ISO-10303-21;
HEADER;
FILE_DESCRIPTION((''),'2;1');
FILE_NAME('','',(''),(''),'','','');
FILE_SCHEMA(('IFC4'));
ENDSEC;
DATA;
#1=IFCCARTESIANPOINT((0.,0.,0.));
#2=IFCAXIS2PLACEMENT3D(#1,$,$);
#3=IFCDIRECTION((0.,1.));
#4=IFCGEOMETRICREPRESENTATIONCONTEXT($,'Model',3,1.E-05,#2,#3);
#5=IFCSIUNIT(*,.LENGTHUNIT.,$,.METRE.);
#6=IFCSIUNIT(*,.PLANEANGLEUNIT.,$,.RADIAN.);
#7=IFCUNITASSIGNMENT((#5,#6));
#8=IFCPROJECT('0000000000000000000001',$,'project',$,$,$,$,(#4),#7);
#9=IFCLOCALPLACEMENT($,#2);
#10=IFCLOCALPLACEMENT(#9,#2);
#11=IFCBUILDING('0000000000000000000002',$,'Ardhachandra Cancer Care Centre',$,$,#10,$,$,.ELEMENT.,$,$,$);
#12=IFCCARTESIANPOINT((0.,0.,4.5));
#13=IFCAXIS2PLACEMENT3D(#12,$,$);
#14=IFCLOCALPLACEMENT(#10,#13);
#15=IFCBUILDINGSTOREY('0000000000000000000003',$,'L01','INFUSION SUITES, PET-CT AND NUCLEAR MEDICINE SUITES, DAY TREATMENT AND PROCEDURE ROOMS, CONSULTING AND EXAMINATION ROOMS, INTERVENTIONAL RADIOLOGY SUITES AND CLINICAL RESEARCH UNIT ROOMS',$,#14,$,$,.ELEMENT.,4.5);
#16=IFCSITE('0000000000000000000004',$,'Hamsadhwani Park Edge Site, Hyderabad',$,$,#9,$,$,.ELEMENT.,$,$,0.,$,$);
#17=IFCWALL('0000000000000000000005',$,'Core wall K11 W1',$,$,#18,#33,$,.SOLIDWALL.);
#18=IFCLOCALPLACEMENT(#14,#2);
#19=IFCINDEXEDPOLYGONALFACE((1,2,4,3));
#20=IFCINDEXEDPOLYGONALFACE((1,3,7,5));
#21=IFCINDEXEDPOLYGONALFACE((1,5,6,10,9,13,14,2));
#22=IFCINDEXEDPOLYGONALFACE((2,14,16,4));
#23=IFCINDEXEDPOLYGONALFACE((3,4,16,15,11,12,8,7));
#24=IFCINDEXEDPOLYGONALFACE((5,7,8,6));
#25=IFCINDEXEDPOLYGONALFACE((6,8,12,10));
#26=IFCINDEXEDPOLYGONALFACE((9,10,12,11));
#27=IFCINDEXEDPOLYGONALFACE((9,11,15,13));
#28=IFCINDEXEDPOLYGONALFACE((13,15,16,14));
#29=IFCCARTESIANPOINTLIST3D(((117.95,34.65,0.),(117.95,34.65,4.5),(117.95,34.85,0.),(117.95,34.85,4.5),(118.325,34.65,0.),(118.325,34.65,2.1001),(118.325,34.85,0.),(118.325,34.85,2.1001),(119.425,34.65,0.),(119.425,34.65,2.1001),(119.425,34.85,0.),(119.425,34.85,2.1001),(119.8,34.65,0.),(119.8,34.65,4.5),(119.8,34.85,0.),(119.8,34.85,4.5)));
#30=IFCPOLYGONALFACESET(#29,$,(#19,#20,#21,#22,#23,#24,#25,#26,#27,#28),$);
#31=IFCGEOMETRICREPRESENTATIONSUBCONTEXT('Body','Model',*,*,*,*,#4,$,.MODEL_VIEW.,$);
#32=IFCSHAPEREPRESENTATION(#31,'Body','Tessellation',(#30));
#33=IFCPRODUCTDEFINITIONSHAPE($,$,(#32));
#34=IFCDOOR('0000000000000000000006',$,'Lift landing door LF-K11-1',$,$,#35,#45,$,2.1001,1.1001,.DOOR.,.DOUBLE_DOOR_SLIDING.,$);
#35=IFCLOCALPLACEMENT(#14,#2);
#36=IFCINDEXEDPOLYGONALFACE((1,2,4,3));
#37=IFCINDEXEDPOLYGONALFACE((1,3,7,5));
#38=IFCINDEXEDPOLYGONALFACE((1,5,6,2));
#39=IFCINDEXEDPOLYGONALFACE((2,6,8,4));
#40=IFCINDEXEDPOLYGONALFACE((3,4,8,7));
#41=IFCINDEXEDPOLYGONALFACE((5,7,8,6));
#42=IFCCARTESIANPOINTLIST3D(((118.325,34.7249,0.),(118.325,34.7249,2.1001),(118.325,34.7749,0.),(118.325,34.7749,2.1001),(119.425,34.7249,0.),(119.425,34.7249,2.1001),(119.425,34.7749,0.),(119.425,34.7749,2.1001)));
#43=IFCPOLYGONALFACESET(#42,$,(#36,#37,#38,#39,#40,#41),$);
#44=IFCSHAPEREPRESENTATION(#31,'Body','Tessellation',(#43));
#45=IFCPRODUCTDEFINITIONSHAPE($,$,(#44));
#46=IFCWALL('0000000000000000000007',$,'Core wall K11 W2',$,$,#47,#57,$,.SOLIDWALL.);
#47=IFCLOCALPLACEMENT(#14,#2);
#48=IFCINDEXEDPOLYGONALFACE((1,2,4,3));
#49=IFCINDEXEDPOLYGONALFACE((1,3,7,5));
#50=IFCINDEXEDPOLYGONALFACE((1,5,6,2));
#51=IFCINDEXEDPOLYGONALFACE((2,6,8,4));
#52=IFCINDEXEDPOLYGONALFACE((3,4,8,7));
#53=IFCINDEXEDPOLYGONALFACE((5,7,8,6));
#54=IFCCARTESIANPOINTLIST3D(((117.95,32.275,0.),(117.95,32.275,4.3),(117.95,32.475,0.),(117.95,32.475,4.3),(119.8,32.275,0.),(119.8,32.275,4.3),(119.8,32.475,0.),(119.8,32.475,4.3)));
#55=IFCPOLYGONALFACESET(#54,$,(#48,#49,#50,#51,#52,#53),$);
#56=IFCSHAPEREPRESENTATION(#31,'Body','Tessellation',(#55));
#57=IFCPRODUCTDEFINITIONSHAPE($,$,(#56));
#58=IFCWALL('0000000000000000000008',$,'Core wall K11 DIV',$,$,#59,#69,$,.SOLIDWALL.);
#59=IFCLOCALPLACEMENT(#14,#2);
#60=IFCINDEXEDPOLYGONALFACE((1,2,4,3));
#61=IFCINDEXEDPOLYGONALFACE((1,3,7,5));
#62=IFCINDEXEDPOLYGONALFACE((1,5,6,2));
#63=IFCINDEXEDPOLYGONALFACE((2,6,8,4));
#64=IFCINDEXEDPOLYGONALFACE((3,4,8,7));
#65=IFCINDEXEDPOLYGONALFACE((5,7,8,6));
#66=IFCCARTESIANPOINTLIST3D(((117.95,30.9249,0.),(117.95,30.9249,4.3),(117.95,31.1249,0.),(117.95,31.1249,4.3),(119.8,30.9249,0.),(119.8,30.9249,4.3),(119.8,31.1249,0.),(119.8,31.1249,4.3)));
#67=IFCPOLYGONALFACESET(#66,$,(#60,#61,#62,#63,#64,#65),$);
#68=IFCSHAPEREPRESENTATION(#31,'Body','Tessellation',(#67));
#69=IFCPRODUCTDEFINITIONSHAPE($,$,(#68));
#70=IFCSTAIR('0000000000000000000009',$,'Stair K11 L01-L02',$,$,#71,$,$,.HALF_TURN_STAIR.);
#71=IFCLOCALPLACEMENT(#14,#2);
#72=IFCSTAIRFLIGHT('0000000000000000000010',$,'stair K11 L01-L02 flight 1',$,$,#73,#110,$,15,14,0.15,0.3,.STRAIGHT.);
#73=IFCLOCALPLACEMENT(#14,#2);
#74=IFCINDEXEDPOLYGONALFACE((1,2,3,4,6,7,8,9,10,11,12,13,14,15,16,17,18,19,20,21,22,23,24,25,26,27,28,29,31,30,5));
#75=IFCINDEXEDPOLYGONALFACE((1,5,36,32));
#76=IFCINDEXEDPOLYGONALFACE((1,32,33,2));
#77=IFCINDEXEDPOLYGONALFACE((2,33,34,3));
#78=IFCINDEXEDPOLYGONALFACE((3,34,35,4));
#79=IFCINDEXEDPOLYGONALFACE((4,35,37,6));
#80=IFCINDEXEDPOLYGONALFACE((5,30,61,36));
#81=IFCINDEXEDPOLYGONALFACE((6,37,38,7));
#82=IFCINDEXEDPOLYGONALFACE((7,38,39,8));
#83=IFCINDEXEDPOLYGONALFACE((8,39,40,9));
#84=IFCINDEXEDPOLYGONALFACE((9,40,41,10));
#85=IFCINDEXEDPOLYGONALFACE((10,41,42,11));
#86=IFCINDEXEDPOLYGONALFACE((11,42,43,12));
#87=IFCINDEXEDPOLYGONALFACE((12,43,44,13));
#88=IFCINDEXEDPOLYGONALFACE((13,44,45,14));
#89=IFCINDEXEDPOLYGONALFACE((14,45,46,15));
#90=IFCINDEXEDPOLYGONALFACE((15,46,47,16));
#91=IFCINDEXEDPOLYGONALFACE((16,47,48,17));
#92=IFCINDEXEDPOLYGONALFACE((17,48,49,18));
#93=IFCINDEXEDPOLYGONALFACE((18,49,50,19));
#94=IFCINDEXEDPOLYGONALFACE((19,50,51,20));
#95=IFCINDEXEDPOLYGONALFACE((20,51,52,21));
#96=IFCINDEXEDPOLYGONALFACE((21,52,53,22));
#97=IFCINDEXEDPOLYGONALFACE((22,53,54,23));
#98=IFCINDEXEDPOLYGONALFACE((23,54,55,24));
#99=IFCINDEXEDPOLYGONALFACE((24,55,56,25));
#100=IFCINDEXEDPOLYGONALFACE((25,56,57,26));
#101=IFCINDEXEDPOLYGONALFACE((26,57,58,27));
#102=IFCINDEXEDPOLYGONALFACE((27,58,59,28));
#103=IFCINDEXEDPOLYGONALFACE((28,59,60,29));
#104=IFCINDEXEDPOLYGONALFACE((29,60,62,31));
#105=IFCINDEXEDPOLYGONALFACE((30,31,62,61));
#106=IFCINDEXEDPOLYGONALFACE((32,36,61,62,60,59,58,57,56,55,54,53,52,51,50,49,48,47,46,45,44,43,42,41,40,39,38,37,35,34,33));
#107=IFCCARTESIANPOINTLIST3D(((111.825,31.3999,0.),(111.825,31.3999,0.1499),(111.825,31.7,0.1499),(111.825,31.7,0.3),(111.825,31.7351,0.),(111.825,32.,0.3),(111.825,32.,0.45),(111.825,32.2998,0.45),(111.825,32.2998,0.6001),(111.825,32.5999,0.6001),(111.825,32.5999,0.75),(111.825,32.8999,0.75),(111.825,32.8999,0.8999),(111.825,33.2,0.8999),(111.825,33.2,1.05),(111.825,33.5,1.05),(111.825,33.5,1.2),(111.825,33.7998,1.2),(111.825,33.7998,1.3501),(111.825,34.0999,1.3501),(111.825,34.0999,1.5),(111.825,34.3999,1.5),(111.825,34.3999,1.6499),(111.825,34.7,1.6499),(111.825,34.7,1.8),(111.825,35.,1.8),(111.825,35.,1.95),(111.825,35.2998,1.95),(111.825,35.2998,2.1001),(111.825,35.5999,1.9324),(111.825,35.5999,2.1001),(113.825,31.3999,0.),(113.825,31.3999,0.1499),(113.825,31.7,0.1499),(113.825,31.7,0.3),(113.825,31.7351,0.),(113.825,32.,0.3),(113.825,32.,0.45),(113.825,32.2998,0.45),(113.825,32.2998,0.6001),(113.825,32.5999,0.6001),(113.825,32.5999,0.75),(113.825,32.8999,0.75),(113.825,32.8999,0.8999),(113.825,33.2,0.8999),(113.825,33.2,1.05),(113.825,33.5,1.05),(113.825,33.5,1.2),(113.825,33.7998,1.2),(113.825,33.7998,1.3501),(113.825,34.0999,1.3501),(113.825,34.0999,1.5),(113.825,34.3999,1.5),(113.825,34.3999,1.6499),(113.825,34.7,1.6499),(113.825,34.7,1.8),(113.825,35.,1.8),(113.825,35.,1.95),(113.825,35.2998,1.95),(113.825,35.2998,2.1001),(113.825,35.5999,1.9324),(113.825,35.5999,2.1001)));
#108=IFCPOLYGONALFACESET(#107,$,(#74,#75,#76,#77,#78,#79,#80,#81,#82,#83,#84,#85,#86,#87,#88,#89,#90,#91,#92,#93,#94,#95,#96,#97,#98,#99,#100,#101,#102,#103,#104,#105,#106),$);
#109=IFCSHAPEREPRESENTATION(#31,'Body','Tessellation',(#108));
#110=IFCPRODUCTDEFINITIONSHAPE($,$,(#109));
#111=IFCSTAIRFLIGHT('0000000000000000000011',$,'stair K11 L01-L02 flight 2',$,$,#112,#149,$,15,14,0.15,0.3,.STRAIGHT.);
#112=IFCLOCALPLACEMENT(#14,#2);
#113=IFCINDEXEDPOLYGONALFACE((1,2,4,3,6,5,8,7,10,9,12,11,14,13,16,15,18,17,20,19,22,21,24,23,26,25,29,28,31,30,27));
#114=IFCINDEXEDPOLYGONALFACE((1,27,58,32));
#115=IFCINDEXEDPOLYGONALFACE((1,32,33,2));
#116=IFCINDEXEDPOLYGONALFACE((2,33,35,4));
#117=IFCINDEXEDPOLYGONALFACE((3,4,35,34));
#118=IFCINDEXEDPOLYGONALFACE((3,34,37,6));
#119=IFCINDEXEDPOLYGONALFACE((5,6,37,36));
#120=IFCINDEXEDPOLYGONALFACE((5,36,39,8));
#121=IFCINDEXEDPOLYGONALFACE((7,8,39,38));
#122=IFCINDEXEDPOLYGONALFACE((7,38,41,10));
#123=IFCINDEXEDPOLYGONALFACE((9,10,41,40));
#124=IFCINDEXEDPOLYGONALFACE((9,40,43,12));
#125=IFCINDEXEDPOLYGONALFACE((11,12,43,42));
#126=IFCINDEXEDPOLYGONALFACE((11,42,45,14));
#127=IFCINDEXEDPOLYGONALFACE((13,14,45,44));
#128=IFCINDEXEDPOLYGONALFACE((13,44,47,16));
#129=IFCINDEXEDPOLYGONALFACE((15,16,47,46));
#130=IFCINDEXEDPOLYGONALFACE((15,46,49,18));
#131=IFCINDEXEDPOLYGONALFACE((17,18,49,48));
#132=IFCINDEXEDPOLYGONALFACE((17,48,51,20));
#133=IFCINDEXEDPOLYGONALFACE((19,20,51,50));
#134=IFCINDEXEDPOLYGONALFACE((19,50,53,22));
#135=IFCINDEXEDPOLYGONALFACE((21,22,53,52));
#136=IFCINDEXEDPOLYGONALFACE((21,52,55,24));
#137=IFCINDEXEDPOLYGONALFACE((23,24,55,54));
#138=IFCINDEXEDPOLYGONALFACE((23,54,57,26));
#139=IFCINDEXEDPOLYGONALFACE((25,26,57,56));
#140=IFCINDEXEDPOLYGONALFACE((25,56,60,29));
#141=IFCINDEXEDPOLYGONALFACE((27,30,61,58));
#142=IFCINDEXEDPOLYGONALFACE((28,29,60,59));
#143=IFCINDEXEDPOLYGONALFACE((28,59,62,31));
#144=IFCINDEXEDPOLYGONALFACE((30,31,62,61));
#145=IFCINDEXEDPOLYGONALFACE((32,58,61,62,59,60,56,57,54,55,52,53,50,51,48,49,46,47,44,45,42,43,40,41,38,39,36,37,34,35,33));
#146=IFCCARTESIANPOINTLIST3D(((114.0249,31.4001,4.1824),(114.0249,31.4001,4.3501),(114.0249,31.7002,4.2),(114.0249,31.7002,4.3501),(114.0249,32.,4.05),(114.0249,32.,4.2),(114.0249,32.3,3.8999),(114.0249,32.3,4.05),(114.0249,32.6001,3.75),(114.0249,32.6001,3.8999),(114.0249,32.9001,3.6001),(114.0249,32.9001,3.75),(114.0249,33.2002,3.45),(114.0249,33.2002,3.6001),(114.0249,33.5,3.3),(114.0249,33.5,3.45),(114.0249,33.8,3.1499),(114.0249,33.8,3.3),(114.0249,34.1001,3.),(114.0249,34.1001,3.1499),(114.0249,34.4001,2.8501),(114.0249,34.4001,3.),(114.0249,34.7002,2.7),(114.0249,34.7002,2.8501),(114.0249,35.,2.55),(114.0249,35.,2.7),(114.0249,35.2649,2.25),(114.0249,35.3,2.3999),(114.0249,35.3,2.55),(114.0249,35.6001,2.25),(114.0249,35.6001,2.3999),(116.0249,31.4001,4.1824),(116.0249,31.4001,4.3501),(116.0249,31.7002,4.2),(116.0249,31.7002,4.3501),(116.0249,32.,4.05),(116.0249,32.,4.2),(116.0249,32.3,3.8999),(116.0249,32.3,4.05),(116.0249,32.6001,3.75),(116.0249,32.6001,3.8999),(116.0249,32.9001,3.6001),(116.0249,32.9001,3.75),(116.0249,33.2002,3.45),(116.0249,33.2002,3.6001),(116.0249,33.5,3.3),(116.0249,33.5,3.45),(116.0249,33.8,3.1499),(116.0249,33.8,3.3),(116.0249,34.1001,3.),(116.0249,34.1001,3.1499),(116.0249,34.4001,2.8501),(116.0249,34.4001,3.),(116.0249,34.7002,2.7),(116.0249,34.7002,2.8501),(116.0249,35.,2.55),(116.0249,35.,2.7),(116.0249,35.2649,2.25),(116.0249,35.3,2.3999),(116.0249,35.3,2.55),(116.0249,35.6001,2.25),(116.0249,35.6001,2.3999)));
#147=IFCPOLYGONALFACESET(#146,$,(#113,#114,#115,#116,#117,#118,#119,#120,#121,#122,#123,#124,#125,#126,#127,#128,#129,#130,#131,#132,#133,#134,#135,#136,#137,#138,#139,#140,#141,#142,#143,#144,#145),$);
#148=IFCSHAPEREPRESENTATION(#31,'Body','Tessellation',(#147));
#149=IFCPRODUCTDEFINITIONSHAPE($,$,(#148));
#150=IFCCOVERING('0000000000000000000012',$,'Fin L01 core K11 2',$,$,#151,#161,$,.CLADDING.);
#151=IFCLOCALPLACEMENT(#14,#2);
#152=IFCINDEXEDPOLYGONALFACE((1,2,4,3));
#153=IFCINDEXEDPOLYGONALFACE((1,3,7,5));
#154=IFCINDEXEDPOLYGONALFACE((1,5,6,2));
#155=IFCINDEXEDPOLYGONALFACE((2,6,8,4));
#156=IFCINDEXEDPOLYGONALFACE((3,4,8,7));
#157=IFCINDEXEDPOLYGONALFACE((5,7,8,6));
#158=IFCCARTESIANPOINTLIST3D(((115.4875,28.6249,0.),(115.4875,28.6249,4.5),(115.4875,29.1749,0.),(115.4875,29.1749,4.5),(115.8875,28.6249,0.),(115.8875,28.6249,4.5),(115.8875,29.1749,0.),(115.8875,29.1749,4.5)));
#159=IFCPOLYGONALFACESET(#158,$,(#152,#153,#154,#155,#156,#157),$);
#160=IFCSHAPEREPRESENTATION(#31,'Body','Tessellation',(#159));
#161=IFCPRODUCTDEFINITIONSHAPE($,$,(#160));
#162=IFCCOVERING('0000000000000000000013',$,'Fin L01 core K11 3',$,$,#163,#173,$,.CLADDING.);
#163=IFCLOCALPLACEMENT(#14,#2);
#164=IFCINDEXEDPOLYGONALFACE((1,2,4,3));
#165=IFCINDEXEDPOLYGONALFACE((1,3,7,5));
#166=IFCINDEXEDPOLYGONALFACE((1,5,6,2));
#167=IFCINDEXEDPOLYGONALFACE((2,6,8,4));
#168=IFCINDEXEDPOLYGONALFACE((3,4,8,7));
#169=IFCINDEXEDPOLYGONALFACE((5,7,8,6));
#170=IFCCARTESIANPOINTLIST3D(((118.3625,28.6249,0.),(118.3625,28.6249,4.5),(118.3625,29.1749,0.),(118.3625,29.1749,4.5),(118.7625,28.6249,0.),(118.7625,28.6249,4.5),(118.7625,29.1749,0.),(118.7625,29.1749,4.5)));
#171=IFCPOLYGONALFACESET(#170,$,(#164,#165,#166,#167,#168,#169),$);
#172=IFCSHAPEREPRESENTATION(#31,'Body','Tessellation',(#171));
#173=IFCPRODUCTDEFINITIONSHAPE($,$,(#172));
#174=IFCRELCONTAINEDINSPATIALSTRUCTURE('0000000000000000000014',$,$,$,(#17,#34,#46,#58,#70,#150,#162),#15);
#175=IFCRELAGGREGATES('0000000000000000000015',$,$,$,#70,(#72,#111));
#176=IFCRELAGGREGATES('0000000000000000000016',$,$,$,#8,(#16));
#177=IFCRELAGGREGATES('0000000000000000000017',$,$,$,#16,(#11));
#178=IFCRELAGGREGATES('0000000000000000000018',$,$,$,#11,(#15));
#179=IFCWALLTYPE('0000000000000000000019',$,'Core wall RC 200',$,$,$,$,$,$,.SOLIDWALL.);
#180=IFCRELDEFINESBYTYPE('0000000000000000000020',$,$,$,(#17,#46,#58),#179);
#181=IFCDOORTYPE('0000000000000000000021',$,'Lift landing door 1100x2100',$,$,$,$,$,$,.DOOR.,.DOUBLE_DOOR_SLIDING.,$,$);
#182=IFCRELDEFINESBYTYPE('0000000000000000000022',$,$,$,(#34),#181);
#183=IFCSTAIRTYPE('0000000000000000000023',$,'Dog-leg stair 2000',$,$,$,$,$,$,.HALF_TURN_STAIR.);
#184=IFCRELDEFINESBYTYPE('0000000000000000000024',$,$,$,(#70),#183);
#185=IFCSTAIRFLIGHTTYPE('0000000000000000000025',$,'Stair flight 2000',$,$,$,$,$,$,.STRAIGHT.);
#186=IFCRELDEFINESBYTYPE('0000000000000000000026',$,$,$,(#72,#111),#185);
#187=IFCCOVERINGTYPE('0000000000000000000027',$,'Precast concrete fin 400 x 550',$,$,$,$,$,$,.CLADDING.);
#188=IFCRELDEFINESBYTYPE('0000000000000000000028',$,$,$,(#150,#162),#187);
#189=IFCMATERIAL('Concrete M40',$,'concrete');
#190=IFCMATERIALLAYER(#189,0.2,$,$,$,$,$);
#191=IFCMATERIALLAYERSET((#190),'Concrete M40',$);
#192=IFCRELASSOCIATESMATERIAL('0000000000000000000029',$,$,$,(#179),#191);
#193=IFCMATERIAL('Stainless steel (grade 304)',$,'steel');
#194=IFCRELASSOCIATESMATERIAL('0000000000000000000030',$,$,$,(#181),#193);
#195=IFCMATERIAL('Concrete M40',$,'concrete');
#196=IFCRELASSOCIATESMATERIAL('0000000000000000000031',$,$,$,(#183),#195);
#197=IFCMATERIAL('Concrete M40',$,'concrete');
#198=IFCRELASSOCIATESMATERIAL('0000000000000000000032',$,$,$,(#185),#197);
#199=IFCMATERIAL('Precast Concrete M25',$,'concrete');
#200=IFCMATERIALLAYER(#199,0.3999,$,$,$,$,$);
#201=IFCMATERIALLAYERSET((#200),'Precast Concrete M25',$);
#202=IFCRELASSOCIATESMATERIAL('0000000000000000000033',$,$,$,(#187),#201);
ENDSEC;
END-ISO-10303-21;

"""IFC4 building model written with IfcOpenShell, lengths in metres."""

from ifc_helpers import new_model, si_unit, direction, frame, frame_2d, origin, origin_2d, place, context, subcontext, project, spatial, polyline, rectangle, outline, extrude, material, layer, layer_set, type_object, element, fill, aggregate, save


model = new_model("IFC4")

# Units and contexts
model_context = context("Model", 3, precision=1e-05, world=origin(), true_north=direction((0.0, 1.0)))
body_context = subcontext(model_context, "Body", "Model", "MODEL_VIEW")
ifc_project = project(units=[si_unit("LENGTHUNIT", "METRE"), si_unit("PLANEANGLEUNIT", "RADIAN")], contexts=[model_context])

# Site, building, storey
site_placement = place(None, origin())
site = spatial("IfcSite", under=ifc_project, at=site_placement, Name="Hamsadhwani Park Edge Site, Hyderabad", CompositionType="ELEMENT", RefElevation=0.0)
building_placement = place(site_placement, origin())
building = spatial("IfcBuilding", under=site, at=building_placement, Name="Ardhachandra Cancer Care Centre", CompositionType="ELEMENT")
storey_placement = place(building_placement, frame((0.0, 0.0, 4.5)))
storey = spatial("IfcBuildingStorey", under=building, at=storey_placement, Name="L01", Description="INFUSION SUITES, PET-CT AND NUCLEAR MEDICINE SUITES, DAY TREATMENT AND PROCEDURE ROOMS, CONSULTING AND EXAMINATION ROOMS, INTERVENTIONAL RADIOLOGY SUITES AND CLINICAL RESEARCH UNIT ROOMS", CompositionType="ELEMENT", Elevation=4.5)

# Shared definitions
ifc_material_1 = material(Name="Concrete M40", Category="concrete")
ifc_layer_1 = layer(ifc_material_1, 0.2)
ifc_layer_set_1 = layer_set([ifc_layer_1], Name="Concrete M40")
wall_type_1 = type_object("IfcWallType", Name="Core wall RC 200", PredefinedType="SOLIDWALL", material=ifc_layer_set_1)

# Wall, opening, door
wall_1_placement = place(storey_placement, frame((117.95, 34.75, 0.0), z_axis=(0.0, 0.0, 1.0), x_axis=(1.0, 0.0, 0.0)))
wall_1 = element("IfcWall", 1, at=wall_1_placement, inside=storey, type_object=wall_type_1, Name="Core wall K11 W1", PredefinedType="SOLIDWALL", context=body_context, shape_type="SweptSolid", body=[
    extrude(rectangle(XDim=1.8501, YDim=0.2, at=frame_2d((0.925, 0.0))), origin(), (0.0, 0.0, 1.0), 4.5),
])
opening_1_placement = place(wall_1_placement, frame((0.375, 0.0, 0.0)))
opening_1 = element("IfcOpeningElement", 2, at=opening_1_placement, cuts=wall_1, PredefinedType="OPENING", context=body_context, shape_type="SweptSolid", body=[
    extrude(rectangle(XDim=1.1001, YDim=2.1001, at=frame_2d((0.55, 1.05))), frame((0.0, 0.1099, 0.0), z_axis=(0.0, -1.0, 0.0), x_axis=(1.0, 0.0, 0.0)), (0.0, 0.0, 1.0), 0.22),
])
ifc_material_2 = material(Name="Stainless steel (grade 304)", Category="steel")
door_type_1 = type_object("IfcDoorType", Name="Lift landing door 1100x2100", OperationType="DOUBLE_DOOR_SLIDING", PredefinedType="DOOR", material=ifc_material_2)
door_1_placement = place(opening_1_placement, origin())
door_1 = element("IfcDoor", 3, at=door_1_placement, inside=storey, type_object=door_type_1, Name="Lift landing door LF-K11-1", OperationType="DOUBLE_DOOR_SLIDING", OverallHeight=2.1001, OverallWidth=1.1001, PredefinedType="DOOR", context=body_context, shape_type="SweptSolid", body=[
    extrude(rectangle(XDim=1.1001, YDim=2.1001, at=frame_2d((0.55, 1.05))), frame((0.0, 0.0249, 0.0), z_axis=(0.0, -1.0, 0.0), x_axis=(1.0, 0.0, 0.0)), (0.0, 0.0, 1.0), 0.05),
])
fill(opening_1, door_1)

# Walls
for number, where, z_axis, x_axis, name in (
    (4, (117.95, 32.375, 0.0), (0.0, 0.0, 1.0), (1.0, 0.0, 0.0), "Core wall K11 W2"),
    (5, (117.95, 31.0249, 0.0), (0.0, 0.0, 1.0), (1.0, 0.0, 0.0), "Core wall K11 DIV"),
):
    element("IfcWall", number, at=place(storey_placement, frame(where, z_axis=z_axis, x_axis=x_axis)), inside=storey, type_object=wall_type_1, Name=name, PredefinedType="SOLIDWALL", context=body_context, shape_type="SweptSolid", body=[
        extrude(rectangle(XDim=1.8501, YDim=0.2, at=frame_2d((0.925, 0.0))), origin(), (0.0, 0.0, 1.0), 4.3),
    ])

# Stair, stair flights
ifc_material_3 = material(Name="Concrete M40", Category="concrete")
stair_type = type_object("IfcStairType", Name="Dog-leg stair 2000", PredefinedType="HALF_TURN_STAIR", material=ifc_material_3)
stair_placement = place(storey_placement, origin())
stair = element("IfcStair", 6, at=stair_placement, inside=storey, type_object=stair_type, Name="Stair K11 L01-L02", PredefinedType="HALF_TURN_STAIR")
ifc_material_4 = material(Name="Concrete M40", Category="concrete")
stair_flight_type = type_object("IfcStairFlightType", Name="Stair flight 2000", PredefinedType="STRAIGHT", material=ifc_material_4)
stair_flight_1_placement = place(storey_placement, frame((112.825, 31.3999, 0.0), z_axis=(0.0, 0.0, 1.0), x_axis=(0.0, 1.0, 0.0)))
stair_flight_1 = element("IfcStairFlight", 7, at=stair_flight_1_placement, type_object=stair_flight_type, Name="stair K11 L01-L02 flight 1", NumberOfRisers=15, NumberOfTreads=14, PredefinedType="STRAIGHT", RiserHeight=0.15, TreadLength=0.3, context=body_context, shape_type="SweptSolid", body=[
    extrude(outline(polyline([(0.0, 0.0), (0.0, 0.1499), (0.3, 0.1499), (0.3, 0.3), (0.6001, 0.3), (0.6001, 0.45), (0.8999, 0.45), (0.8999, 0.6001), (1.2, 0.6001), (1.2, 0.75), (1.5, 0.75), (1.5, 0.8999), (1.8, 0.8999), (1.8, 1.05), (2.1001, 1.05), (2.1001, 1.2), (2.3999, 1.2), (2.3999, 1.3501), (2.7, 1.3501), (2.7, 1.5), (3.0, 1.5), (3.0, 1.6499), (3.3, 1.6499), (3.3, 1.8), (3.6001, 1.8), (3.6001, 1.95), (3.8999, 1.95), (3.8999, 2.1001), (4.2, 2.1001), (4.2, 2.25), (4.2, 1.9324), (0.3352, 0.0), (0.0, 0.0)])), frame((0.0, 1.0, 0.0), z_axis=(0.0, -1.0, 0.0), x_axis=(1.0, 0.0, 0.0)), (0.0, 0.0, 1.0), 2.0),
])
stair_flight_2_placement = place(storey_placement, frame((115.0249, 35.6001, 2.25), z_axis=(0.0, 0.0, 1.0), x_axis=(0.0, -1.0, 0.0)))
stair_flight_2 = element("IfcStairFlight", 8, at=stair_flight_2_placement, type_object=stair_flight_type, Name="stair K11 L01-L02 flight 2", NumberOfRisers=15, NumberOfTreads=14, PredefinedType="STRAIGHT", RiserHeight=0.15, TreadLength=0.3, context=body_context, shape_type="SweptSolid", body=[
    extrude(outline(polyline([(0.0, 0.0), (0.0, 0.1499), (0.3, 0.1499), (0.3, 0.3), (0.6001, 0.3), (0.6001, 0.45), (0.8999, 0.45), (0.8999, 0.6001), (1.2, 0.6001), (1.2, 0.75), (1.5, 0.75), (1.5, 0.8999), (1.8, 0.8999), (1.8, 1.05), (2.1001, 1.05), (2.1001, 1.2), (2.3999, 1.2), (2.3999, 1.3501), (2.7, 1.3501), (2.7, 1.5), (3.0, 1.5), (3.0, 1.6499), (3.3, 1.6499), (3.3, 1.8), (3.6001, 1.8), (3.6001, 1.95), (3.8999, 1.95), (3.8999, 2.1001), (4.2, 2.1001), (4.2, 2.25), (4.2, 1.9324), (0.3352, 0.0), (0.0, 0.0)])), frame((0.0, 1.0, 0.0), z_axis=(0.0, -1.0, 0.0), x_axis=(1.0, 0.0, 0.0)), (0.0, 0.0, 1.0), 2.0),
])
aggregate(stair, [stair_flight_1, stair_flight_2])

# Coverings
ifc_material_5 = material(Name="Precast Concrete M25", Category="concrete")
ifc_layer_2 = layer(ifc_material_5, 0.3999)
ifc_layer_set_2 = layer_set([ifc_layer_2], Name="Precast Concrete M25")
covering_type = type_object("IfcCoveringType", Name="Precast concrete fin 400 x 550", PredefinedType="CLADDING", material=ifc_layer_set_2)
for number, where, z_axis, x_axis, name in (
    (9, (115.6875, 28.8999, 0.0), (0.0, 0.0, 1.0), (1.0, 0.0, 0.0), "Fin L01 core K11 2"),
    (10, (118.5625, 28.8999, 0.0), (0.0, 0.0, 1.0), (1.0, 0.0, 0.0), "Fin L01 core K11 3"),
):
    element("IfcCovering", number, at=place(storey_placement, frame(where, z_axis=z_axis, x_axis=x_axis)), inside=storey, type_object=covering_type, Name=name, PredefinedType="CLADDING", context=body_context, shape_type="SweptSolid", body=[
        extrude(rectangle(XDim=0.3999, YDim=0.55, at=origin_2d()), origin(), (0.0, 0.0, 1.0), 4.5),
    ])

save(model, "model.ifc")
